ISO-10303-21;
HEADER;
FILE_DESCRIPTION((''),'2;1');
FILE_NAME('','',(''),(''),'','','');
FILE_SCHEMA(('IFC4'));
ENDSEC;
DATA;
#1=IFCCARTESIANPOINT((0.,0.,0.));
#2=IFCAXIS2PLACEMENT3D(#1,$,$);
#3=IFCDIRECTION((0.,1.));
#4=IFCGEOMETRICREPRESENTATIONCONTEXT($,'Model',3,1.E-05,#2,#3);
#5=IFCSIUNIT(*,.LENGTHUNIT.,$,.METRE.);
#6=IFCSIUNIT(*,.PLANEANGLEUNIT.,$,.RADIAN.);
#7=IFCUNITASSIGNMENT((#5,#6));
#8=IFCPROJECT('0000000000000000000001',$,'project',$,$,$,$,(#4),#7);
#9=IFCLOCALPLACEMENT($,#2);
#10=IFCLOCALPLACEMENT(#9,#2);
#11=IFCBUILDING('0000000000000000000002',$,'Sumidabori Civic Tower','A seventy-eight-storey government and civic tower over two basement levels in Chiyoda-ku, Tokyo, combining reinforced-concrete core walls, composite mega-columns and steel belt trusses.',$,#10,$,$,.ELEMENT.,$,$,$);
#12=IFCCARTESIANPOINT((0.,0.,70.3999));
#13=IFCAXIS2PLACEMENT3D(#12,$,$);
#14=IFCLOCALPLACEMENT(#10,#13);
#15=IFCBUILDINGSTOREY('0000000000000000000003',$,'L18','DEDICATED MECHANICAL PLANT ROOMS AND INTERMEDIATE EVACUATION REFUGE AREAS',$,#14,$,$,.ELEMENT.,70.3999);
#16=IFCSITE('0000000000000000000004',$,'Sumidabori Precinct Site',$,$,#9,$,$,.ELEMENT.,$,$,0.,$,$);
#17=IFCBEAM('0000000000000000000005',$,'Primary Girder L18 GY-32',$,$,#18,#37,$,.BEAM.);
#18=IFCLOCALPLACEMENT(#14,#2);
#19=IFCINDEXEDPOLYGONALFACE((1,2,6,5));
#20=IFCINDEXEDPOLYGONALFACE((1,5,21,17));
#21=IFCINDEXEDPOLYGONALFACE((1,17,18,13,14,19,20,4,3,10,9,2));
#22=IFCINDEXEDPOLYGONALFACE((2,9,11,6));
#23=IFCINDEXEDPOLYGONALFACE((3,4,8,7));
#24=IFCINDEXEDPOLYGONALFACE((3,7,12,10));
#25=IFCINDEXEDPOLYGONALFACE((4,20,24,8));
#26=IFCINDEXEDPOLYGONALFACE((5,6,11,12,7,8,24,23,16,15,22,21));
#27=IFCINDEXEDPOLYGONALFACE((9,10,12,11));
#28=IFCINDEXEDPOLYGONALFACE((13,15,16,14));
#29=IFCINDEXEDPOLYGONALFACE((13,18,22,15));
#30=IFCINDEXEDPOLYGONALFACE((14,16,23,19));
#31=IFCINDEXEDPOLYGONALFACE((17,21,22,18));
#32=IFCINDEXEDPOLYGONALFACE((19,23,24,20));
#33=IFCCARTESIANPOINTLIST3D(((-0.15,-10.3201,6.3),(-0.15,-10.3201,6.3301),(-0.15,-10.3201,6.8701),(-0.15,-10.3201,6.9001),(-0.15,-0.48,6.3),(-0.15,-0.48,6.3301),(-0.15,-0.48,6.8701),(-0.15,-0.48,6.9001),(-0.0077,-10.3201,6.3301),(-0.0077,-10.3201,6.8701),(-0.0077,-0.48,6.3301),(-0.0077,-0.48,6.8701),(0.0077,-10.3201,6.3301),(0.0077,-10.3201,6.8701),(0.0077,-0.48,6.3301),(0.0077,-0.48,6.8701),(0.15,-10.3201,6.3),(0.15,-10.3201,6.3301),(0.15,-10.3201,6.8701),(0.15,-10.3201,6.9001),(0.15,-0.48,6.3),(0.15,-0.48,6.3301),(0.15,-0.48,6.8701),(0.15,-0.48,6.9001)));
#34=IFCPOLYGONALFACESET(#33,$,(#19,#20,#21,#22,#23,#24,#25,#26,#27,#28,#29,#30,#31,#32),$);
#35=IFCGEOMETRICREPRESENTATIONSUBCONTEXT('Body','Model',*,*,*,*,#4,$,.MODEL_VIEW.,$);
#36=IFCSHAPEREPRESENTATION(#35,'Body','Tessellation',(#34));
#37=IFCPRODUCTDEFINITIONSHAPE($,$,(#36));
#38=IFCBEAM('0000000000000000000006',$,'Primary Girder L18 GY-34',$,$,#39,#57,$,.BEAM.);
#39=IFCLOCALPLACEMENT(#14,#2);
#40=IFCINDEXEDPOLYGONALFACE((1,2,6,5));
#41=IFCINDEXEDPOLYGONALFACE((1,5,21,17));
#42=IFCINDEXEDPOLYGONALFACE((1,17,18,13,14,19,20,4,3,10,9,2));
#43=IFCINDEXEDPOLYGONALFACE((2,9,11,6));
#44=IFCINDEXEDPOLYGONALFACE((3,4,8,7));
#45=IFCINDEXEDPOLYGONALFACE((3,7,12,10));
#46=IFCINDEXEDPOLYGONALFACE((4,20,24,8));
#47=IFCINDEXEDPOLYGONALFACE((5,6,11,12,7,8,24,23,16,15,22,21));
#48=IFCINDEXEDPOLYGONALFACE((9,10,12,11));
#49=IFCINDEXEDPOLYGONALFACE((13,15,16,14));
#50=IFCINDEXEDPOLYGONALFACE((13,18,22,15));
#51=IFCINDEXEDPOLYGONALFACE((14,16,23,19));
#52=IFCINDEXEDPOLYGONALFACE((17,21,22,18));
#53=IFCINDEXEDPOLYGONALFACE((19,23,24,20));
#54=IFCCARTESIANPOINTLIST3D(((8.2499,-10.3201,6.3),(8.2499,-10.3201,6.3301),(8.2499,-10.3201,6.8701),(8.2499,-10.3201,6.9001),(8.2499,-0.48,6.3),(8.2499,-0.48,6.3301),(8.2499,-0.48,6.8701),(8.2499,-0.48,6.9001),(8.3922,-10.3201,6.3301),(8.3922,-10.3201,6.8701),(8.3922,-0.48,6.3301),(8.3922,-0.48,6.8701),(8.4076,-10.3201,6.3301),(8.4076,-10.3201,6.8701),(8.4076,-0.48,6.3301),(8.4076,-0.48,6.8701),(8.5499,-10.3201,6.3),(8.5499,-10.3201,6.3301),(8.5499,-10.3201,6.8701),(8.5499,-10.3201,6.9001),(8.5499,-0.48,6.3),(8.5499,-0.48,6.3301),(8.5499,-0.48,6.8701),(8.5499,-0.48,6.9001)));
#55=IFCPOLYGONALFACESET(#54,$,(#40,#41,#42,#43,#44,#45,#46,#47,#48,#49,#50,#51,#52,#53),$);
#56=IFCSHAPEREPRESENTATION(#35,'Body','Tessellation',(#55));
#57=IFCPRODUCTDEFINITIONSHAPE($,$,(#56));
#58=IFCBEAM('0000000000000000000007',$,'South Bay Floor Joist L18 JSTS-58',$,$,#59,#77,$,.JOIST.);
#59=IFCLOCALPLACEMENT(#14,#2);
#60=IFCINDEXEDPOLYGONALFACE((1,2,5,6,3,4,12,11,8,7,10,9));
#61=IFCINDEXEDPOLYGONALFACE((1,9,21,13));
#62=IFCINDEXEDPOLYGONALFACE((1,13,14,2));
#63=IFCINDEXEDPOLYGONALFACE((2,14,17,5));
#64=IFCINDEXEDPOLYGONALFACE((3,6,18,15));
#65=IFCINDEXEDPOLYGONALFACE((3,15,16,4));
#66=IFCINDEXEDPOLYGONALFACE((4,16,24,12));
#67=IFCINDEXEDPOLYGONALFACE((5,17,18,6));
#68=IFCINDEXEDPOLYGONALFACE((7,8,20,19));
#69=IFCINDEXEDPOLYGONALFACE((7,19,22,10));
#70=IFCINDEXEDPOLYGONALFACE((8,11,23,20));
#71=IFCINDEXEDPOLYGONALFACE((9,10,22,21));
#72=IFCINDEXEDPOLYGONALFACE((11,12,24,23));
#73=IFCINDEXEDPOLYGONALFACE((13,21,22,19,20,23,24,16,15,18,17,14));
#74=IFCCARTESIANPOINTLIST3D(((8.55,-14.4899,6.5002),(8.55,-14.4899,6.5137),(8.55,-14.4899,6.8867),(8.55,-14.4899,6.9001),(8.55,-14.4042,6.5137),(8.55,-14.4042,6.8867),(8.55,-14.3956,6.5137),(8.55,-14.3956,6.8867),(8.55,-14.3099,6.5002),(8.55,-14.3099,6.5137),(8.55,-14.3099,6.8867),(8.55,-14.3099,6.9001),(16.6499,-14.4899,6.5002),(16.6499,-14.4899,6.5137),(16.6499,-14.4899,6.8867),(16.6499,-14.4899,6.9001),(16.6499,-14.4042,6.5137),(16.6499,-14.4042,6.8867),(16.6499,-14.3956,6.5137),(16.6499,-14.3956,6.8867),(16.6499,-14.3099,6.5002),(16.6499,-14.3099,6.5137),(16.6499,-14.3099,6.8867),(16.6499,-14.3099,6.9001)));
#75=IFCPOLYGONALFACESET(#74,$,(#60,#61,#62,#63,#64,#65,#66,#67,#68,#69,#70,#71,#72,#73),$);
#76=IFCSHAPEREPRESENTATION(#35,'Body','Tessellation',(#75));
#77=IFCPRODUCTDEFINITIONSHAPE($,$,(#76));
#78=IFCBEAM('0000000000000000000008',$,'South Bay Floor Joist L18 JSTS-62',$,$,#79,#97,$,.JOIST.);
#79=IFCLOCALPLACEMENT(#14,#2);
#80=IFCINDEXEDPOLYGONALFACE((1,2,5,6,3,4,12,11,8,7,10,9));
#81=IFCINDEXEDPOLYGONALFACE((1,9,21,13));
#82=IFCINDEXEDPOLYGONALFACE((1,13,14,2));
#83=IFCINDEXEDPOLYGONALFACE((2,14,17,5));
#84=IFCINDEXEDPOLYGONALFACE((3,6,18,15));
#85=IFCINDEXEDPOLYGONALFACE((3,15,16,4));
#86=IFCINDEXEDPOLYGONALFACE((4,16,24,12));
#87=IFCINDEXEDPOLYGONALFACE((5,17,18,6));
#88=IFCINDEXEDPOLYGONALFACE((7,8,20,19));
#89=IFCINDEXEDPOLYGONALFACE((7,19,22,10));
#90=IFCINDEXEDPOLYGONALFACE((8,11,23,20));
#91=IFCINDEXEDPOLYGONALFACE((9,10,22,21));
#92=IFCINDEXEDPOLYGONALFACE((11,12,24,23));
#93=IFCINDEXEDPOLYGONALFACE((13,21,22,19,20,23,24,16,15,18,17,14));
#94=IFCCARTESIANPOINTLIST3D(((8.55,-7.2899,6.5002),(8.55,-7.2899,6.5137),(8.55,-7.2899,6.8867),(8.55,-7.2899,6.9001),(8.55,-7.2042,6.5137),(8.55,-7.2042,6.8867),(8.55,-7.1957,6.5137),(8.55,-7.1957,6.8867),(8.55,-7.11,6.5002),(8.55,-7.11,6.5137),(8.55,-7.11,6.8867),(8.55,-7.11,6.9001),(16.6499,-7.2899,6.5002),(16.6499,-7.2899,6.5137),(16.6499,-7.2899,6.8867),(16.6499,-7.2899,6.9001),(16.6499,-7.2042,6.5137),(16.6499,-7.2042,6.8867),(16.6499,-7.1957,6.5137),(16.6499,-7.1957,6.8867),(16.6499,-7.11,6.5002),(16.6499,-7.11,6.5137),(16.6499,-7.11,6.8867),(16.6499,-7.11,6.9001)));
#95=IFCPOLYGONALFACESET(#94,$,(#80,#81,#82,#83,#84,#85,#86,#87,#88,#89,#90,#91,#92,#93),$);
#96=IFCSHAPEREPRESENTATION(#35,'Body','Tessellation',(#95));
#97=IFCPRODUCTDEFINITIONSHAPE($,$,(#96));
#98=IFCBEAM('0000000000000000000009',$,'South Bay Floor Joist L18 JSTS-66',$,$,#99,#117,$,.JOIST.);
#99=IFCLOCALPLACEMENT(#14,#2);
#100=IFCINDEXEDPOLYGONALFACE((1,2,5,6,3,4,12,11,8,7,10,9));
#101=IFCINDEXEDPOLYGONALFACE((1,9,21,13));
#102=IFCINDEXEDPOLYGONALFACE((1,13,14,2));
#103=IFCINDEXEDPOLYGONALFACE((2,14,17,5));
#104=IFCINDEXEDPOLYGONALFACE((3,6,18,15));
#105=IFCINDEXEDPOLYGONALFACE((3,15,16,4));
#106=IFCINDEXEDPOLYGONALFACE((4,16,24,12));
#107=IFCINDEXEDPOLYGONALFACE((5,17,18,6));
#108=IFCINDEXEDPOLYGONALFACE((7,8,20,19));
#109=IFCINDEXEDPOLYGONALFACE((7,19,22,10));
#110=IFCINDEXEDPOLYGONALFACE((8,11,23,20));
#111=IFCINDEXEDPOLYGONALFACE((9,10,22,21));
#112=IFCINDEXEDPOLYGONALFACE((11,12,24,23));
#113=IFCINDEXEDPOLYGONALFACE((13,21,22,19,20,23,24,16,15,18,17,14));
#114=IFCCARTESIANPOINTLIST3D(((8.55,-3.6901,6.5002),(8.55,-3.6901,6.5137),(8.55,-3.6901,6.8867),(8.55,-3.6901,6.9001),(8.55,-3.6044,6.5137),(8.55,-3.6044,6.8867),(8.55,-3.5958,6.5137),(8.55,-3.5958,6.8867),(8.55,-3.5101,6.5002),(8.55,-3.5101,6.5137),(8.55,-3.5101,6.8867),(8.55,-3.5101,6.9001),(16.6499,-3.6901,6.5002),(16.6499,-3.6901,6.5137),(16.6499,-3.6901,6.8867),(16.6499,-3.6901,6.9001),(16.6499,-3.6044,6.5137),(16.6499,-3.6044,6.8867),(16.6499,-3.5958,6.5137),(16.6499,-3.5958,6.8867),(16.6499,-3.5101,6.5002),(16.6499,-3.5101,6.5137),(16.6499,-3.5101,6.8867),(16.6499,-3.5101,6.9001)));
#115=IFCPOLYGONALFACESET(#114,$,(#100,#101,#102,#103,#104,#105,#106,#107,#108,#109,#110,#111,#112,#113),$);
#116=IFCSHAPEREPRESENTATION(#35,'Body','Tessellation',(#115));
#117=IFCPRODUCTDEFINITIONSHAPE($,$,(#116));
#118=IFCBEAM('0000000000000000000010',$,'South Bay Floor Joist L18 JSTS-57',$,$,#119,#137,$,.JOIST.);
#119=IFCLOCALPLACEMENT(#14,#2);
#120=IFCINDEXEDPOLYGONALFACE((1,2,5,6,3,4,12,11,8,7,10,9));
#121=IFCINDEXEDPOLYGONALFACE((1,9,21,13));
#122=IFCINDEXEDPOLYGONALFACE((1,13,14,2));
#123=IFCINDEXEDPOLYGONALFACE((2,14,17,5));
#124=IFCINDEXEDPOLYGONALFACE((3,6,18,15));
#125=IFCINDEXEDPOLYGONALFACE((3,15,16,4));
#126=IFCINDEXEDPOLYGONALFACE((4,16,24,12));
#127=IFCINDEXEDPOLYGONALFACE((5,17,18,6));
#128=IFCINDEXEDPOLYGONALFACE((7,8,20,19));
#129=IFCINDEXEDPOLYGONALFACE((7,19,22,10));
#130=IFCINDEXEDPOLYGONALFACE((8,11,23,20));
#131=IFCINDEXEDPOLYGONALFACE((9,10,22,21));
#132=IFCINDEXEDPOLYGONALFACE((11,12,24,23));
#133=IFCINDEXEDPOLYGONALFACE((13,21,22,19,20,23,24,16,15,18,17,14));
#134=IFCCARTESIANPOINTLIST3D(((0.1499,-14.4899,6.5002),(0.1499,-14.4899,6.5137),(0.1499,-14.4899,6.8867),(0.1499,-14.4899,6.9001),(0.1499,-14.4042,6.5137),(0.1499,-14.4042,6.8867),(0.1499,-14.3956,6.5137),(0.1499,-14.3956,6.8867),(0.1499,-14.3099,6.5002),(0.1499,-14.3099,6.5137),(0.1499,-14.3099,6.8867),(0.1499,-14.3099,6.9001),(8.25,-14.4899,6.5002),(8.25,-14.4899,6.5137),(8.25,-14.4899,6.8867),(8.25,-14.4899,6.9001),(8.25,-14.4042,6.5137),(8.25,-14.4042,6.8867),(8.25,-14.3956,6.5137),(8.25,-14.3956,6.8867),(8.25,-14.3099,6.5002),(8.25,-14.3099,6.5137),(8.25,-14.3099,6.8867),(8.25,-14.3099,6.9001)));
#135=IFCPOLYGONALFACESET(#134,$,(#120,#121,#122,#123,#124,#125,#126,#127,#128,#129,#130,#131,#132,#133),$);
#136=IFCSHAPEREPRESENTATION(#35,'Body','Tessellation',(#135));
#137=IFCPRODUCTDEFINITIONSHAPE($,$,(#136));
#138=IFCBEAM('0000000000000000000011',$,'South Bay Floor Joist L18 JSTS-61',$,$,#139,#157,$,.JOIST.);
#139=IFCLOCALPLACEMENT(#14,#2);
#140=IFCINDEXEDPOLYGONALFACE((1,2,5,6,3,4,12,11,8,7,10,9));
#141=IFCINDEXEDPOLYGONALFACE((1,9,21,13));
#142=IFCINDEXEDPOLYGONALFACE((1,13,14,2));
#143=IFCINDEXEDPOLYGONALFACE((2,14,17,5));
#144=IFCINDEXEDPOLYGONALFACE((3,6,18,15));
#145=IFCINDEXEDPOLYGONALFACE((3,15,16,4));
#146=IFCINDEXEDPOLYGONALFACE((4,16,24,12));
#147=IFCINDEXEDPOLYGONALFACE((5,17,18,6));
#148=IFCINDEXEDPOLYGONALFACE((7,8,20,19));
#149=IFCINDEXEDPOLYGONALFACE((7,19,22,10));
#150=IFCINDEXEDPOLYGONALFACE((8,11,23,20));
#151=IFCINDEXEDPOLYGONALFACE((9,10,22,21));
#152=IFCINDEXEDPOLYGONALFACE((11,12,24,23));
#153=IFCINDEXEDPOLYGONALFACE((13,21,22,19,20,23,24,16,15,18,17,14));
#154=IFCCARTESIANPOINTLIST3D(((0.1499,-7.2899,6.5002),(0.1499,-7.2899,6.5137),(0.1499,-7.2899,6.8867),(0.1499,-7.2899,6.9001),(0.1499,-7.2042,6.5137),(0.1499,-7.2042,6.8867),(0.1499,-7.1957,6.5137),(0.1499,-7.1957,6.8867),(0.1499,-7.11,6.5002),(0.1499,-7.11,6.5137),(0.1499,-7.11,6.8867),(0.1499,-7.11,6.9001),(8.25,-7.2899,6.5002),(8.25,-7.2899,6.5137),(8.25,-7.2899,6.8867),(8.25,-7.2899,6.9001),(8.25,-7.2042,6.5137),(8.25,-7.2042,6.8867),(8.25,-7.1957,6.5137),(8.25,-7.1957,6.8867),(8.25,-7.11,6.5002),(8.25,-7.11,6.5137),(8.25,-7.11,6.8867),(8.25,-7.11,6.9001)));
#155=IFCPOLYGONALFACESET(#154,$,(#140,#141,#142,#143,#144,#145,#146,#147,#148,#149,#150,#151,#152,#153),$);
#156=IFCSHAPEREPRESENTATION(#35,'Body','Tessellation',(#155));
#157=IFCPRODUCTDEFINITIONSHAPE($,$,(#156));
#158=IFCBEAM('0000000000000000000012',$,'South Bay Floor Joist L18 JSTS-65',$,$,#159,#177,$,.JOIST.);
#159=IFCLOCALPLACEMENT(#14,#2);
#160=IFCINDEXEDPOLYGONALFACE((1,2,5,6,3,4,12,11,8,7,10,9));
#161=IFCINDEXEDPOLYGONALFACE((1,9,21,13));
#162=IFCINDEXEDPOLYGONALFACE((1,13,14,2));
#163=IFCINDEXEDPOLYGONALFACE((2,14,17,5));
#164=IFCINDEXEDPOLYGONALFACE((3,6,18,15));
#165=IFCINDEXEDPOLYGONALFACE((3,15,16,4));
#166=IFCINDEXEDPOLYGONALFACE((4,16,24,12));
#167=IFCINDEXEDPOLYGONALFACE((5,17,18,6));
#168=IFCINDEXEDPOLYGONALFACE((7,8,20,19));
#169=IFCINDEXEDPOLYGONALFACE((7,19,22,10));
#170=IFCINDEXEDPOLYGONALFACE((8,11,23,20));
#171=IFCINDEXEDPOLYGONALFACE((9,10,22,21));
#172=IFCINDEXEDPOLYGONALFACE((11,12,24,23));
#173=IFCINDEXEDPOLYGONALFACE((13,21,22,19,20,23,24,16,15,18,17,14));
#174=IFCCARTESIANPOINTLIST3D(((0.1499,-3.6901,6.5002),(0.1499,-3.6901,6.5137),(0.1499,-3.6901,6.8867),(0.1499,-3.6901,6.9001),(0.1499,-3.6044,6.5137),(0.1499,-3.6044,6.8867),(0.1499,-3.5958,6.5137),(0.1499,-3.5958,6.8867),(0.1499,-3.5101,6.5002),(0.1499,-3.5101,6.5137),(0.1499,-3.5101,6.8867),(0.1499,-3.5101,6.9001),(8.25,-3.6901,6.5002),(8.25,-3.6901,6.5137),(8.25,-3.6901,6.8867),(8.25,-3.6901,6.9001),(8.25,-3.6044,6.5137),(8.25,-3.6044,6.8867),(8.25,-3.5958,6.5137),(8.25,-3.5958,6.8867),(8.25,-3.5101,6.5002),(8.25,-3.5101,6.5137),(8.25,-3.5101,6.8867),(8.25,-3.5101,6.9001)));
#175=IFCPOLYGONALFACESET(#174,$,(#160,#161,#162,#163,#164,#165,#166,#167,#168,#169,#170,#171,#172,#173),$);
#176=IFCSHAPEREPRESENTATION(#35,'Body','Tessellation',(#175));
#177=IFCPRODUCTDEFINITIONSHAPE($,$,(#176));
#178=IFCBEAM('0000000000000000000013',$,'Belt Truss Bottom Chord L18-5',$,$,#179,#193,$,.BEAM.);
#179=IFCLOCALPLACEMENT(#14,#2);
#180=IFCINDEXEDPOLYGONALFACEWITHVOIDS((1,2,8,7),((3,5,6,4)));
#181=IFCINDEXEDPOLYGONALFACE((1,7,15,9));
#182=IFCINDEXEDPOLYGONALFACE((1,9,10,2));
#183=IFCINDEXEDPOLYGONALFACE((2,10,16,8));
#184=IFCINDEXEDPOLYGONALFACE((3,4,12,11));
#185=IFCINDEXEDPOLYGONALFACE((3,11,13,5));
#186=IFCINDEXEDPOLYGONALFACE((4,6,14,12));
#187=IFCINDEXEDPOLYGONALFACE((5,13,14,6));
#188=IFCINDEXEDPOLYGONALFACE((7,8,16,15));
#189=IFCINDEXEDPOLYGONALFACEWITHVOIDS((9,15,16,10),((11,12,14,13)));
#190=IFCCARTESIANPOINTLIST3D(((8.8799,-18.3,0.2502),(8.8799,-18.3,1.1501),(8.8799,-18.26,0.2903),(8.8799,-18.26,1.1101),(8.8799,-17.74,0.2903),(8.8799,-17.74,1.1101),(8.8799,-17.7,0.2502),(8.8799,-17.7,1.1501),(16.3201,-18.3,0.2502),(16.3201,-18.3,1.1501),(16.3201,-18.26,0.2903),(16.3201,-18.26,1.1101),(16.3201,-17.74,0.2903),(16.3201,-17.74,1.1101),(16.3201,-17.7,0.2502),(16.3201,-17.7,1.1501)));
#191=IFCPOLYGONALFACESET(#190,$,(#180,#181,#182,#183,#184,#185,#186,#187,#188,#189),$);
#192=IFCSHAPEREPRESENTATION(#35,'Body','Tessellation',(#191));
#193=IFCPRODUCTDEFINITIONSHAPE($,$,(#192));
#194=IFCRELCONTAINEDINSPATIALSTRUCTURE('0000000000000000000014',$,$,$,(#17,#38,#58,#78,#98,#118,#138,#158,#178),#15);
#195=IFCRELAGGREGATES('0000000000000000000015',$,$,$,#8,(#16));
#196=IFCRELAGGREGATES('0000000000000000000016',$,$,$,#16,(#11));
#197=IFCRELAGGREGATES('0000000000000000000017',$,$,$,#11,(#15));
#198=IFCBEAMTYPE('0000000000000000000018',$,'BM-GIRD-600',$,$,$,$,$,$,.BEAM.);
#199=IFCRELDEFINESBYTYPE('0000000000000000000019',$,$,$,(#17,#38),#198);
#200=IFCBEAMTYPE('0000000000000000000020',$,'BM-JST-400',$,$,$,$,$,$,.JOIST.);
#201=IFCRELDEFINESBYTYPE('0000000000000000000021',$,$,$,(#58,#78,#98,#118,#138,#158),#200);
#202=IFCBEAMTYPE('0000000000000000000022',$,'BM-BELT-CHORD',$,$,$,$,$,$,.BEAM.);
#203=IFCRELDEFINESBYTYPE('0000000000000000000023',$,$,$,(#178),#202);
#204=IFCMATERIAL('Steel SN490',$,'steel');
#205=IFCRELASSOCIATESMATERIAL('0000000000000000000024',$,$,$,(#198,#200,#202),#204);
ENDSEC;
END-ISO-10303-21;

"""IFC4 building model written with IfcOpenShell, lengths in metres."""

from ifc_helpers import new_model, si_unit, direction, frame, origin, origin_2d, place, context, subcontext, project, spatial, hollow_rectangle, i_section, extrude, source, transform, mapped, material, material_profile, profile_set, type_object, element, save


model = new_model("IFC4")

# Units and contexts
model_context = context("Model", 3, precision=1e-05, world=origin(), true_north=direction((0.0, 1.0)))
body_context = subcontext(model_context, "Body", "Model", "MODEL_VIEW")
ifc_project = project(units=[si_unit("LENGTHUNIT", "METRE"), si_unit("PLANEANGLEUNIT", "RADIAN")], contexts=[model_context])

# Site, building, storey
site_placement = place(None, origin())
site = spatial("IfcSite", under=ifc_project, at=site_placement, Name="Sumidabori Precinct Site", CompositionType="ELEMENT", RefElevation=0.0)
building_placement = place(site_placement, origin())
building = spatial("IfcBuilding", under=site, at=building_placement, Name="Sumidabori Civic Tower", Description="A seventy-eight-storey government and civic tower over two basement levels in Chiyoda-ku, Tokyo, combining reinforced-concrete core walls, composite mega-columns and steel belt trusses.", CompositionType="ELEMENT")
storey_placement = place(building_placement, frame((0.0, 0.0, 70.3999)))
storey = spatial("IfcBuildingStorey", under=building, at=storey_placement, Name="L18", Description="DEDICATED MECHANICAL PLANT ROOMS AND INTERMEDIATE EVACUATION REFUGE AREAS", CompositionType="ELEMENT", Elevation=70.3999)

# Beams
ifc_material_1 = material(Name="Steel SN490", Category="steel")
ifc_material_profile_1 = material_profile(ifc_material_1, i_section(OverallWidth=0.3, OverallDepth=0.6001, WebThickness=0.0154, FlangeThickness=0.03, at=origin_2d()), Name="HE 600 B")
ifc_profile_set_1 = profile_set([ifc_material_profile_1], Name="Steel SN490")
beam_type_1 = type_object("IfcBeamType", Name="BM-GIRD-600", PredefinedType="BEAM", material=ifc_profile_set_1)
shared_shape_1 = source(origin(), body_context, "Body", "SweptSolid", [
    extrude(i_section(OverallWidth=0.3, OverallDepth=0.6001, WebThickness=0.0154, FlangeThickness=0.03, at=origin_2d()), origin(), (0.0, 0.0, 1.0), 9.8401),
])
for number, where, z_axis, x_axis, name in (
    (1, (0.0, -10.3201, 6.6001), (0.0, 1.0, 0.0), (-1.0, 0.0, 0.0), "Primary Girder L18 GY-32"),
    (2, (8.3999, -10.3201, 6.6001), (0.0, 1.0, 0.0), (-1.0, 0.0, 0.0), "Primary Girder L18 GY-34"),
):
    element("IfcBeam", number, at=place(storey_placement, frame(where, z_axis=z_axis, x_axis=x_axis)), inside=storey, type_object=beam_type_1, Name=name, PredefinedType="BEAM", context=body_context, shape_type="MappedRepresentation", body=[
        mapped(shared_shape_1, transform((0.0, 0.0, 0.0), x_axis=(1.0, 0.0, 0.0), y_axis=(0.0, 1.0, 0.0), z_axis=(0.0, 0.0, 1.0), scale=1.0)),
    ])
ifc_material_profile_2 = material_profile(ifc_material_1, i_section(OverallWidth=0.1799, OverallDepth=0.3999, WebThickness=0.0085, FlangeThickness=0.0134, at=origin_2d()), Name="IPE 400")
ifc_profile_set_2 = profile_set([ifc_material_profile_2], Name="Steel SN490")
beam_type_2 = type_object("IfcBeamType", Name="BM-JST-400", PredefinedType="JOIST", material=ifc_profile_set_2)
shared_shape_2 = source(origin(), body_context, "Body", "SweptSolid", [
    extrude(i_section(OverallWidth=0.1799, OverallDepth=0.3999, WebThickness=0.0085, FlangeThickness=0.0134, at=origin_2d()), origin(), (0.0, 0.0, 1.0), 8.0999),
])
for number, where, z_axis, x_axis, name in (
    (3, (8.55, -14.3999, 6.7002), (1.0, 0.0, 0.0), (0.0, 1.0, 0.0), "South Bay Floor Joist L18 JSTS-58"),
    (4, (8.55, -7.2, 6.7002), (1.0, 0.0, 0.0), (0.0, 1.0, 0.0), "South Bay Floor Joist L18 JSTS-62"),
    (5, (8.55, -3.6001, 6.7002), (1.0, 0.0, 0.0), (0.0, 1.0, 0.0), "South Bay Floor Joist L18 JSTS-66"),
):
    element("IfcBeam", number, at=place(storey_placement, frame(where, z_axis=z_axis, x_axis=x_axis)), inside=storey, type_object=beam_type_2, Name=name, PredefinedType="JOIST", context=body_context, shape_type="MappedRepresentation", body=[
        mapped(shared_shape_2, transform((0.0, 0.0, 0.0), x_axis=(1.0, 0.0, 0.0), y_axis=(0.0, 1.0, 0.0), z_axis=(0.0, 0.0, 1.0), scale=1.0)),
    ])
shared_shape_3 = source(origin(), body_context, "Body", "SweptSolid", [
    extrude(i_section(OverallWidth=0.1799, OverallDepth=0.3999, WebThickness=0.0085, FlangeThickness=0.0134, at=origin_2d()), origin(), (0.0, 0.0, 1.0), 8.1001),
])
for number, where, z_axis, x_axis, name in (
    (6, (0.1499, -14.3999, 6.7002), (1.0, 0.0, 0.0), (0.0, 1.0, 0.0), "South Bay Floor Joist L18 JSTS-57"),
    (7, (0.1499, -7.2, 6.7002), (1.0, 0.0, 0.0), (0.0, 1.0, 0.0), "South Bay Floor Joist L18 JSTS-61"),
    (8, (0.1499, -3.6001, 6.7002), (1.0, 0.0, 0.0), (0.0, 1.0, 0.0), "South Bay Floor Joist L18 JSTS-65"),
):
    element("IfcBeam", number, at=place(storey_placement, frame(where, z_axis=z_axis, x_axis=x_axis)), inside=storey, type_object=beam_type_2, Name=name, PredefinedType="JOIST", context=body_context, shape_type="MappedRepresentation", body=[
        mapped(shared_shape_3, transform((0.0, 0.0, 0.0), x_axis=(1.0, 0.0, 0.0), y_axis=(0.0, 1.0, 0.0), z_axis=(0.0, 0.0, 1.0), scale=1.0)),
    ])
ifc_material_profile_3 = material_profile(ifc_material_1, hollow_rectangle(XDim=0.6001, YDim=0.8999, WallThickness=0.04, at=origin_2d()), Name="RHS 900x600x40")
ifc_profile_set_3 = profile_set([ifc_material_profile_3], Name="Steel SN490")
beam_type_3 = type_object("IfcBeamType", Name="BM-BELT-CHORD", PredefinedType="BEAM", material=ifc_profile_set_3)
shared_shape_4 = source(origin(), body_context, "Body", "SweptSolid", [
    extrude(hollow_rectangle(XDim=0.6001, YDim=0.8999, WallThickness=0.04, at=origin_2d()), origin(), (0.0, 0.0, 1.0), 7.4402),
])
beam_1_placement = place(storey_placement, frame((8.8799, -18.0, 0.7002), z_axis=(1.0, 0.0, 0.0), x_axis=(0.0, 1.0, 0.0)))
element("IfcBeam", 9, at=beam_1_placement, inside=storey, type_object=beam_type_3, Name="Belt Truss Bottom Chord L18-5", PredefinedType="BEAM", context=body_context, shape_type="MappedRepresentation", body=[
    mapped(shared_shape_4, transform((0.0, 0.0, 0.0), x_axis=(1.0, 0.0, 0.0), y_axis=(0.0, 1.0, 0.0), z_axis=(0.0, 0.0, 1.0), scale=1.0)),
])

save(model, "model.ifc")
